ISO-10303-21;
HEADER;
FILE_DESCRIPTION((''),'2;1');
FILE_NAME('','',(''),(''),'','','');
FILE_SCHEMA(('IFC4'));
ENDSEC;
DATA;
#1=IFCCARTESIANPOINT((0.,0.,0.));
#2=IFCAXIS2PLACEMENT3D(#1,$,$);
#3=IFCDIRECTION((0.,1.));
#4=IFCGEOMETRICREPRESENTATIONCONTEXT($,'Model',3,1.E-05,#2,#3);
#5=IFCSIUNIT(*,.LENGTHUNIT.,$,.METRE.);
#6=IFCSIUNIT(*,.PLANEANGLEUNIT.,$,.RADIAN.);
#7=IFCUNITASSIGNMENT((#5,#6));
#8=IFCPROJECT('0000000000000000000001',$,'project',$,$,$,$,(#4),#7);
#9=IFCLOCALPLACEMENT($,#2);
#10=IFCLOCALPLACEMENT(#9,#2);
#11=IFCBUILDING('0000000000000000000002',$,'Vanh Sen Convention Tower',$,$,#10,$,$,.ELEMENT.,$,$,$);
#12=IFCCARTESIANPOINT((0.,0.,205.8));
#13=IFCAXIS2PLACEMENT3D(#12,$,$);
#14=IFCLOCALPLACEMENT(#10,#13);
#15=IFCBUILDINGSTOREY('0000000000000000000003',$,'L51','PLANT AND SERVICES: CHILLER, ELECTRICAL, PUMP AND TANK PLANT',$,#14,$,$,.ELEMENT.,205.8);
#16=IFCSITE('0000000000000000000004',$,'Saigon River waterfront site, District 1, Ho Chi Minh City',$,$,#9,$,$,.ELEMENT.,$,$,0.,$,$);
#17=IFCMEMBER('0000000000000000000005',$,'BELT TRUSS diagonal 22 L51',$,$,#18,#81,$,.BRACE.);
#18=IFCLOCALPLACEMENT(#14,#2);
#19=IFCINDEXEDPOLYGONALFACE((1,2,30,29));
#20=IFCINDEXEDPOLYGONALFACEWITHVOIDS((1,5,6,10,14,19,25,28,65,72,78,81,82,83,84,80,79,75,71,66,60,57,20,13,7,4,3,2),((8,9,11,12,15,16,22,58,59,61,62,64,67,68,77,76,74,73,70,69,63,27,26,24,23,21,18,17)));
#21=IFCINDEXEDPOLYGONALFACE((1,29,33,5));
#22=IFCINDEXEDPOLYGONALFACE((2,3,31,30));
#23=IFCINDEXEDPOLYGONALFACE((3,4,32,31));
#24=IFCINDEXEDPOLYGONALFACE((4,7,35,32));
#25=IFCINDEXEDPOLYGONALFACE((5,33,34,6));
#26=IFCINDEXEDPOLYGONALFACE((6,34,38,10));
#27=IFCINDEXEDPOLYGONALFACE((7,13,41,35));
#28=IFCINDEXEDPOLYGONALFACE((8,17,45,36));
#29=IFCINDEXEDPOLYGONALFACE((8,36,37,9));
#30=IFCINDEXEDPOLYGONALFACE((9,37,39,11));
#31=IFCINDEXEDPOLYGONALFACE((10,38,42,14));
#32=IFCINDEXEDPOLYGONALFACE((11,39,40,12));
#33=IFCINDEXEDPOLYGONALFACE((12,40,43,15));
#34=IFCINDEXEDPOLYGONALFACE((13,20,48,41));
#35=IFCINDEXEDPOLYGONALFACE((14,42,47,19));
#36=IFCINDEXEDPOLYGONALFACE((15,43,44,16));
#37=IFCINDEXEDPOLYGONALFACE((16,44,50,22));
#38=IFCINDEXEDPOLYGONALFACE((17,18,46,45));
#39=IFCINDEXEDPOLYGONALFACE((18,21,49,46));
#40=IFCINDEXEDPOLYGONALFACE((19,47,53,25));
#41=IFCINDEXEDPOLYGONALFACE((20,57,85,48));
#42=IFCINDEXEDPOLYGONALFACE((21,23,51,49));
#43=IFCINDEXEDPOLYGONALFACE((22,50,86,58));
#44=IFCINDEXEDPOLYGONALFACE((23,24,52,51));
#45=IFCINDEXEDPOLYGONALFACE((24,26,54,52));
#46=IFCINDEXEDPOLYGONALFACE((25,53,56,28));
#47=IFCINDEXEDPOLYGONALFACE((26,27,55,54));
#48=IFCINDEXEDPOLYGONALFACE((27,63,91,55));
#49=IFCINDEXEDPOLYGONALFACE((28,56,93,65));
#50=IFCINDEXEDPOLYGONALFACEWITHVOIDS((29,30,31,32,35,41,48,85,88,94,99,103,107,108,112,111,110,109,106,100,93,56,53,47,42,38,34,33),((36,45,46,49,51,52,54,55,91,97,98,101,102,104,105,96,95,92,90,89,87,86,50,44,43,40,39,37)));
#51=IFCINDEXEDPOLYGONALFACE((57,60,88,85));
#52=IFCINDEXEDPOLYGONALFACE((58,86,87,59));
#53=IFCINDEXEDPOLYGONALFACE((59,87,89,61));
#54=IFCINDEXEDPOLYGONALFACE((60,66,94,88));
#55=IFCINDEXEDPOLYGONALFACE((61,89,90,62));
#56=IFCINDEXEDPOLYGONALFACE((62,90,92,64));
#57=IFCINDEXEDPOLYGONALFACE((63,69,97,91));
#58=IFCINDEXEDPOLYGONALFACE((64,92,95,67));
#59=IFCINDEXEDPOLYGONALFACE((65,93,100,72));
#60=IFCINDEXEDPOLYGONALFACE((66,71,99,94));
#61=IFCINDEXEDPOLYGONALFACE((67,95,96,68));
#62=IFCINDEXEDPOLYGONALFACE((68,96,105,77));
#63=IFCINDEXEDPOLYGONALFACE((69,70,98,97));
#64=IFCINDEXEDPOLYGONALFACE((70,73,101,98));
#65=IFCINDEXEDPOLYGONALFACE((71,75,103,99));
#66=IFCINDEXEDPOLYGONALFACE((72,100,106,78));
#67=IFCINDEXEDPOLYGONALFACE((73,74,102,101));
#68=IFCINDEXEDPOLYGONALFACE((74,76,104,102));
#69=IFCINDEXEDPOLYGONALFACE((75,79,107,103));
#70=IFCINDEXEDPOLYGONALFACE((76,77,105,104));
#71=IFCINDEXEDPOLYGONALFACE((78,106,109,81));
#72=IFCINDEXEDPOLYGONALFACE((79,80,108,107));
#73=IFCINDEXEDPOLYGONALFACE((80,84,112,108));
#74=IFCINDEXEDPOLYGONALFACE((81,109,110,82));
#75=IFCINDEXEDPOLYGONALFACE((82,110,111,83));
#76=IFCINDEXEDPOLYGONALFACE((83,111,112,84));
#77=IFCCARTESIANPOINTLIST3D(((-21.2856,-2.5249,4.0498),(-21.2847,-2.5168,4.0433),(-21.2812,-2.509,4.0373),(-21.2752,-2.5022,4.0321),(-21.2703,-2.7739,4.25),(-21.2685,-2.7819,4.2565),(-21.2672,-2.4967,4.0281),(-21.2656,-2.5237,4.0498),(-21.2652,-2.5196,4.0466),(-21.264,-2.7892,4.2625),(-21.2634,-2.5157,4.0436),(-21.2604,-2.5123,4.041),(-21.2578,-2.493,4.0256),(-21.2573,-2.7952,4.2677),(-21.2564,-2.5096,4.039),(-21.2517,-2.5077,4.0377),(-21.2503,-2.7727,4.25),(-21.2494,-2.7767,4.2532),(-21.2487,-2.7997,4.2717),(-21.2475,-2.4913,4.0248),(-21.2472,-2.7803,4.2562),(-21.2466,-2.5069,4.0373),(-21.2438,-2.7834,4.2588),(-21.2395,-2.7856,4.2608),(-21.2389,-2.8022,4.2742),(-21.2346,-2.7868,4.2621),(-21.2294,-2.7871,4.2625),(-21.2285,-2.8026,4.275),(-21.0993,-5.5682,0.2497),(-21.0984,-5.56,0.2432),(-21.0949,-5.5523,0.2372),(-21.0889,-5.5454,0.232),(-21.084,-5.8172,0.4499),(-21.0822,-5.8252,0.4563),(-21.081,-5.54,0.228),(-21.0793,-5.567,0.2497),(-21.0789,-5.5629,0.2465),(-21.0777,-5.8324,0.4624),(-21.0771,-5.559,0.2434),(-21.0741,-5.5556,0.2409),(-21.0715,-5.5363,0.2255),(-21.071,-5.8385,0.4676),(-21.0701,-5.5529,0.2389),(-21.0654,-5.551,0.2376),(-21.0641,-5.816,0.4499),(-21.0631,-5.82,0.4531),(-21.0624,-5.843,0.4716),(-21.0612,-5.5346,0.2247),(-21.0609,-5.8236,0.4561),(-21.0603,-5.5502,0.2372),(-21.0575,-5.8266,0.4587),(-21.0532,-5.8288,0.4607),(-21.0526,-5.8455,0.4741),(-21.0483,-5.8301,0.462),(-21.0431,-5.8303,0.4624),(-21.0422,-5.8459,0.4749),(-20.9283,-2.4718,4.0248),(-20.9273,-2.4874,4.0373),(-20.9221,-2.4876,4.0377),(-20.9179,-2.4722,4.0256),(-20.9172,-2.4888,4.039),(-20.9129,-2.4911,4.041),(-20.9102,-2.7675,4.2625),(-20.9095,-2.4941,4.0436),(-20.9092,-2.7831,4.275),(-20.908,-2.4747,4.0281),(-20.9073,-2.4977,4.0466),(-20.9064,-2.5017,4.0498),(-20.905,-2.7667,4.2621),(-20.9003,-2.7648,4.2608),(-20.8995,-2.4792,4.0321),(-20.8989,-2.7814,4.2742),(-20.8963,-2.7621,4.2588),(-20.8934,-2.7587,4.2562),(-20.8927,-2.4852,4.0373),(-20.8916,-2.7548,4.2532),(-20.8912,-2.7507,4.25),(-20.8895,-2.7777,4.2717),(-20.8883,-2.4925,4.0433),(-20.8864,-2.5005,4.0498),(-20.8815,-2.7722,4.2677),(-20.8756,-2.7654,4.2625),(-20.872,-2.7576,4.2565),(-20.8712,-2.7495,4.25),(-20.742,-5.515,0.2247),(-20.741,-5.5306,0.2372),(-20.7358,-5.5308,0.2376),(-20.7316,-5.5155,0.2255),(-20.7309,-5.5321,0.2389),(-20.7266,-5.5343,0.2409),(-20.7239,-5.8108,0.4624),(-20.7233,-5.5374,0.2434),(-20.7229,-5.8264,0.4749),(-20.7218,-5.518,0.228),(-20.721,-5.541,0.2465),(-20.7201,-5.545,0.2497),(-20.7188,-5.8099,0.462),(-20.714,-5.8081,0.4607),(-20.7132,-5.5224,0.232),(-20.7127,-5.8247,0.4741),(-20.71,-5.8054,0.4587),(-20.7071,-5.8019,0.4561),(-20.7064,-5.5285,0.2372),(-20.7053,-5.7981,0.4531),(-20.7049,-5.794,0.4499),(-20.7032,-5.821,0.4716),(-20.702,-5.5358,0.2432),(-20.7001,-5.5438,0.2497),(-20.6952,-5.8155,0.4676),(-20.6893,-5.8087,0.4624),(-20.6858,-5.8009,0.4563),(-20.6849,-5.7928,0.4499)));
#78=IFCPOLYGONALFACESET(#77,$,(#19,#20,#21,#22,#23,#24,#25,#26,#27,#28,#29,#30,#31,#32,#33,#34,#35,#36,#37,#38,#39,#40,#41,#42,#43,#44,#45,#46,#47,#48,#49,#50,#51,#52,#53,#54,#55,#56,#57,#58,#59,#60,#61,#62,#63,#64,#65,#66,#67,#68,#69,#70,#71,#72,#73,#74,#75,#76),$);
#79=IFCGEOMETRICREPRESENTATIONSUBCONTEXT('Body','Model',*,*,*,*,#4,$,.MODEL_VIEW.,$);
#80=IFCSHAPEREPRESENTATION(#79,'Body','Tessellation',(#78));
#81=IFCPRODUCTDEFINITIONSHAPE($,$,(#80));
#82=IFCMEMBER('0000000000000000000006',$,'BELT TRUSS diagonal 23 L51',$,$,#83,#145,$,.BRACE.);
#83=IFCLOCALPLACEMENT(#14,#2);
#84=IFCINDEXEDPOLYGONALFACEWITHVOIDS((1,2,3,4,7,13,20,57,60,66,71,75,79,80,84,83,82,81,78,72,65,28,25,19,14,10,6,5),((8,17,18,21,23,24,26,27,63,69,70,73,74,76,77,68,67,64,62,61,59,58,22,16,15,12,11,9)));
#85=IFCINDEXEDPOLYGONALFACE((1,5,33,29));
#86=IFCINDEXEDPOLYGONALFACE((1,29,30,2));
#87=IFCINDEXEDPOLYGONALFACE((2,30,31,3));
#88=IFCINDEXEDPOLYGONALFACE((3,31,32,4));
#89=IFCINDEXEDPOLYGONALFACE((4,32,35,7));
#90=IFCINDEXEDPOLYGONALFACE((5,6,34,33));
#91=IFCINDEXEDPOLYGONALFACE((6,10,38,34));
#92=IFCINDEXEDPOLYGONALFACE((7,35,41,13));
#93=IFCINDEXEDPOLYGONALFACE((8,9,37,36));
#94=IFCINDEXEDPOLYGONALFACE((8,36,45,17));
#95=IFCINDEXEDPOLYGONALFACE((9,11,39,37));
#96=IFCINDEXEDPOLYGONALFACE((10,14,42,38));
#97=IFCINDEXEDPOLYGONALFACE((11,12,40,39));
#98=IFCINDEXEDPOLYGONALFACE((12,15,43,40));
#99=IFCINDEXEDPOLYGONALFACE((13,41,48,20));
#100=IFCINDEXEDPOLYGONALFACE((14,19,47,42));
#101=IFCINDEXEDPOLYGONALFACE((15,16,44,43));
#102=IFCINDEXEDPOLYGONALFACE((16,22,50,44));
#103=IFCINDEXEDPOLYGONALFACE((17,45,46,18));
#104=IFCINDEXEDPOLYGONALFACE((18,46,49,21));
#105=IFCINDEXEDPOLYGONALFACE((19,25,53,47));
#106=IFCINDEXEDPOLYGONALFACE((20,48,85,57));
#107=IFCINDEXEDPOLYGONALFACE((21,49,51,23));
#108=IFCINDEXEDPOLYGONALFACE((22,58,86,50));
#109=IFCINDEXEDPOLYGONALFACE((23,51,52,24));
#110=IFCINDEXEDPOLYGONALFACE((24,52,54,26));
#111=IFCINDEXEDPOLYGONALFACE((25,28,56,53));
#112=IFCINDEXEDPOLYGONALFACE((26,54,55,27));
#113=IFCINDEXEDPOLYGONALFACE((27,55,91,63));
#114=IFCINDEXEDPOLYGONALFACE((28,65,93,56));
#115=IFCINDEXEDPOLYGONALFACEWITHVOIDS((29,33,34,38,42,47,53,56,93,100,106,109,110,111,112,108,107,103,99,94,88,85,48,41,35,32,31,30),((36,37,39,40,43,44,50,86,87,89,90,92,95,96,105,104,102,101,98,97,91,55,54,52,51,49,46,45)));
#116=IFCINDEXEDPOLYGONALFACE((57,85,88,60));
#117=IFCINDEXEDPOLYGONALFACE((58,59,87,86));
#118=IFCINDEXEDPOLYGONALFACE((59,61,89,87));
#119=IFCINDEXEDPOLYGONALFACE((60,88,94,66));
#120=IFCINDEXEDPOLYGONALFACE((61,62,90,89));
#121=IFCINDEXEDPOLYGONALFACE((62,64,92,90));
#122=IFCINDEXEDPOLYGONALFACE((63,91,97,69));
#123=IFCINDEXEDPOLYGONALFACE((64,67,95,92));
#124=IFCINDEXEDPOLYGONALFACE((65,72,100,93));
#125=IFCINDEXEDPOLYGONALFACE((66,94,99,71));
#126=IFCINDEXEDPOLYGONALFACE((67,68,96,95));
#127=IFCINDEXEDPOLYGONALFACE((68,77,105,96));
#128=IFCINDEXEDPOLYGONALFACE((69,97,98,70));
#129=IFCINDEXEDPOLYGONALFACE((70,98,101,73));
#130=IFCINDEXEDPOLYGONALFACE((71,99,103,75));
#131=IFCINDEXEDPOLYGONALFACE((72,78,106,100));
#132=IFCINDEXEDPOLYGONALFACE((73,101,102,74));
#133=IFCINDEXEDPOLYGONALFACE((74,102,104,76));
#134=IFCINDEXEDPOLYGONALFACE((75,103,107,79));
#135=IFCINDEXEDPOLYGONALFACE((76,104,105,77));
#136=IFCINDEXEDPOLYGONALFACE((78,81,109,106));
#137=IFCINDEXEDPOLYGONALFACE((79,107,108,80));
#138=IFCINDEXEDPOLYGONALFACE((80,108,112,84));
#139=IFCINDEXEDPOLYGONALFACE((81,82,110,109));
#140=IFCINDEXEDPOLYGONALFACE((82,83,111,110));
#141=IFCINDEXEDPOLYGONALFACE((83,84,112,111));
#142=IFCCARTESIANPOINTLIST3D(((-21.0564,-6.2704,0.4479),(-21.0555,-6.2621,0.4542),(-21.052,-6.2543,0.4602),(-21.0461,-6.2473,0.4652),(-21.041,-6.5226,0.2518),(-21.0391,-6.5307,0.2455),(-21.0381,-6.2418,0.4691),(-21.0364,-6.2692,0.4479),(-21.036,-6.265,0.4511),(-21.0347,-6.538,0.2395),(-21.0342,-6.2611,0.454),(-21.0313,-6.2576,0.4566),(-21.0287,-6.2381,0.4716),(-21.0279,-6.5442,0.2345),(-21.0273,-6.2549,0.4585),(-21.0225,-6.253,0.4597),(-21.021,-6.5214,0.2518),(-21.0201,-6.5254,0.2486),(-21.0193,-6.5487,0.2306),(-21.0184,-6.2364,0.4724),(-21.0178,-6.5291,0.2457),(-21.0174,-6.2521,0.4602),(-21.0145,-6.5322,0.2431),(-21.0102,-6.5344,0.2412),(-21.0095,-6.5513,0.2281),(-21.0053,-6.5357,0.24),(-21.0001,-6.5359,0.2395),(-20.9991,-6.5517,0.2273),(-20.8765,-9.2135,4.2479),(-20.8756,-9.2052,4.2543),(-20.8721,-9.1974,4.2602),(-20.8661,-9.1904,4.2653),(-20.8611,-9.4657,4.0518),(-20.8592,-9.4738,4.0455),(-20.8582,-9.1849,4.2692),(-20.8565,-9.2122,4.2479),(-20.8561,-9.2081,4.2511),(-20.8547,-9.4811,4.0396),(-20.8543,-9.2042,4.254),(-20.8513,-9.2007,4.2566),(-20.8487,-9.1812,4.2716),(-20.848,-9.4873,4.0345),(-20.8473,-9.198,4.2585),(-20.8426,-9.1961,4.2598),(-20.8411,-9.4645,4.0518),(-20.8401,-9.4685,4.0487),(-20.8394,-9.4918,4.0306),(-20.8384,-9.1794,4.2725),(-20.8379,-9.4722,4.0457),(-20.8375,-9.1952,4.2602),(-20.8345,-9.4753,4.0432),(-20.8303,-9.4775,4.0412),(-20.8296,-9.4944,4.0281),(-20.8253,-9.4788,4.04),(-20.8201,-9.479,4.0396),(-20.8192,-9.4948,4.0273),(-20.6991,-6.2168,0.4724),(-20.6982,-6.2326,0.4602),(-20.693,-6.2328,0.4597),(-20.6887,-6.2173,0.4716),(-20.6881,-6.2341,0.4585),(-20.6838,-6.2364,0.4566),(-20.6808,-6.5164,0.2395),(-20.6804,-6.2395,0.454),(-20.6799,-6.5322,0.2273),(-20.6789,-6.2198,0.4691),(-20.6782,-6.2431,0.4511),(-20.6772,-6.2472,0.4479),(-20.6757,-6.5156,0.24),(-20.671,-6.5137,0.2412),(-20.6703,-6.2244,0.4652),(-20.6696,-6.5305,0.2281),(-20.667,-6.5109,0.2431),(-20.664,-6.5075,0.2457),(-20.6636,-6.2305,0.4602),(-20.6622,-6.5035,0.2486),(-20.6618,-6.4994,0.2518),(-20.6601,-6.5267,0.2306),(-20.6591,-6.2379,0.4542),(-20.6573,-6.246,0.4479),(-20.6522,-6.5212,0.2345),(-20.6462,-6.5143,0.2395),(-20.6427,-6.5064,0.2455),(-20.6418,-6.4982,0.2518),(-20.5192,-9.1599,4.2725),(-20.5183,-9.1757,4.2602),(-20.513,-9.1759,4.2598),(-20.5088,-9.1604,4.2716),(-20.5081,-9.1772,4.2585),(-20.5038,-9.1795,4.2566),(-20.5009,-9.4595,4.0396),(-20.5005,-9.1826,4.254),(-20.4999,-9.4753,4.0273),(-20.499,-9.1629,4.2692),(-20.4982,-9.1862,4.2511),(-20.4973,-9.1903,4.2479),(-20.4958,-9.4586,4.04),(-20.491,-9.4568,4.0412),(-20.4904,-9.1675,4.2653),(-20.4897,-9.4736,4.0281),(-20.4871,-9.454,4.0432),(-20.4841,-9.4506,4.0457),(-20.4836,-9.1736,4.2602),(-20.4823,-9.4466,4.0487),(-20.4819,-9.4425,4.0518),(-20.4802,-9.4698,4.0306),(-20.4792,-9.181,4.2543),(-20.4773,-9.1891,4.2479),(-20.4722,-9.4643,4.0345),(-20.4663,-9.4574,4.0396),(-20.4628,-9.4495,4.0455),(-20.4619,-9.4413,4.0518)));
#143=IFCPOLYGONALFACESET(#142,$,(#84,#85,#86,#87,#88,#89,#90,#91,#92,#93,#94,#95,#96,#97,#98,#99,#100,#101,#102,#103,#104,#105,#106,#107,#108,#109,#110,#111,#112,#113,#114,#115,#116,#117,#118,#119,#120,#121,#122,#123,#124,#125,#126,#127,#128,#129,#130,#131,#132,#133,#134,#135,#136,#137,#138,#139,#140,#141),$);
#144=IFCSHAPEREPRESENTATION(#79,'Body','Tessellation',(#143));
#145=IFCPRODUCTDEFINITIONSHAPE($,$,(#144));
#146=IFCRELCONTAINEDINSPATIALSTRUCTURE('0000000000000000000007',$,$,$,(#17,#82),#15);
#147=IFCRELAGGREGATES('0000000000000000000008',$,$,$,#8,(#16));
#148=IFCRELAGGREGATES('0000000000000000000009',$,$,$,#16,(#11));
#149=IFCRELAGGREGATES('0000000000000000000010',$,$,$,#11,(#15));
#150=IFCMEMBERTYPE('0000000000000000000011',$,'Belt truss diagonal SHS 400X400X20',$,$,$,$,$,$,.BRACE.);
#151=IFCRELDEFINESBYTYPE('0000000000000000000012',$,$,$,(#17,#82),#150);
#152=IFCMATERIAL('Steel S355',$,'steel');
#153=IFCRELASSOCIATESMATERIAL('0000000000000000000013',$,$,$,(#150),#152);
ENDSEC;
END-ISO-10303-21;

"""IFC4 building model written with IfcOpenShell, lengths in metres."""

from ifc_helpers import new_model, si_unit, direction, frame, origin, origin_2d, place, context, subcontext, project, spatial, hollow_rectangle, extrude, material, material_profile, profile_set, type_object, element, save


model = new_model("IFC4")

# Units and contexts
model_context = context("Model", 3, precision=1e-05, world=origin(), true_north=direction((0.0, 1.0)))
body_context = subcontext(model_context, "Body", "Model", "MODEL_VIEW")
ifc_project = project(units=[si_unit("LENGTHUNIT", "METRE"), si_unit("PLANEANGLEUNIT", "RADIAN")], contexts=[model_context])

# Site, building, storey
site_placement = place(None, origin())
site = spatial("IfcSite", under=ifc_project, at=site_placement, Name="Saigon River waterfront site, District 1, Ho Chi Minh City", CompositionType="ELEMENT", RefElevation=0.0)
building_placement = place(site_placement, origin())
building = spatial("IfcBuilding", under=site, at=building_placement, Name="Vanh Sen Convention Tower", CompositionType="ELEMENT")
storey_placement = place(building_placement, frame((0.0, 0.0, 205.8)))
storey = spatial("IfcBuildingStorey", under=building, at=storey_placement, Name="L51", Description="PLANT AND SERVICES: CHILLER, ELECTRICAL, PUMP AND TANK PLANT", CompositionType="ELEMENT", Elevation=205.8)

# Members
ifc_material_1 = material(Name="Steel S355", Category="steel")
ifc_material_profile_1 = material_profile(ifc_material_1, hollow_rectangle(XDim=0.3999, YDim=0.3999, WallThickness=0.02, InnerFilletRadius=0.02, OuterFilletRadius=0.04, at=origin_2d()), Name="SHS 400X400X20")
ifc_profile_set_1 = profile_set([ifc_material_profile_1], Name="Steel S355")
member_type_1 = type_object("IfcMemberType", Name="Belt truss diagonal SHS 400X400X20", PredefinedType="BRACE", material=ifc_profile_set_1)
member_1_placement = place(storey_placement, frame((-21.0784, -2.6372, 4.1499), z_axis=(0.038235, -0.624635, -0.77998), x_axis=(0.998132, 0.061097, 0.0)))
element("IfcMember", 1, at=member_1_placement, inside=storey, type_object=member_type_1, Name="BELT TRUSS diagonal 22 L51", PredefinedType="BRACE", context=body_context, shape_type="SweptSolid", body=[
    extrude(hollow_rectangle(XDim=0.3999, YDim=0.3999, WallThickness=0.02, InnerFilletRadius=0.02, OuterFilletRadius=0.04, at=origin_2d()), origin(), (0.0, 0.0, 1.0), 4.8721),
])
member_2_placement = place(storey_placement, frame((-20.8491, -6.3843, 0.3499), z_axis=(0.037409, -0.611893, 0.790055), x_axis=(0.998136, 0.061023, 0.0)))
element("IfcMember", 2, at=member_2_placement, inside=storey, type_object=member_type_1, Name="BELT TRUSS diagonal 23 L51", PredefinedType="BRACE", context=body_context, shape_type="SweptSolid", body=[
    extrude(hollow_rectangle(XDim=0.3999, YDim=0.3999, WallThickness=0.02, InnerFilletRadius=0.02, OuterFilletRadius=0.04, at=origin_2d()), origin(), (0.0, 0.0, 1.0), 4.8098),
])

save(model, "model.ifc")
